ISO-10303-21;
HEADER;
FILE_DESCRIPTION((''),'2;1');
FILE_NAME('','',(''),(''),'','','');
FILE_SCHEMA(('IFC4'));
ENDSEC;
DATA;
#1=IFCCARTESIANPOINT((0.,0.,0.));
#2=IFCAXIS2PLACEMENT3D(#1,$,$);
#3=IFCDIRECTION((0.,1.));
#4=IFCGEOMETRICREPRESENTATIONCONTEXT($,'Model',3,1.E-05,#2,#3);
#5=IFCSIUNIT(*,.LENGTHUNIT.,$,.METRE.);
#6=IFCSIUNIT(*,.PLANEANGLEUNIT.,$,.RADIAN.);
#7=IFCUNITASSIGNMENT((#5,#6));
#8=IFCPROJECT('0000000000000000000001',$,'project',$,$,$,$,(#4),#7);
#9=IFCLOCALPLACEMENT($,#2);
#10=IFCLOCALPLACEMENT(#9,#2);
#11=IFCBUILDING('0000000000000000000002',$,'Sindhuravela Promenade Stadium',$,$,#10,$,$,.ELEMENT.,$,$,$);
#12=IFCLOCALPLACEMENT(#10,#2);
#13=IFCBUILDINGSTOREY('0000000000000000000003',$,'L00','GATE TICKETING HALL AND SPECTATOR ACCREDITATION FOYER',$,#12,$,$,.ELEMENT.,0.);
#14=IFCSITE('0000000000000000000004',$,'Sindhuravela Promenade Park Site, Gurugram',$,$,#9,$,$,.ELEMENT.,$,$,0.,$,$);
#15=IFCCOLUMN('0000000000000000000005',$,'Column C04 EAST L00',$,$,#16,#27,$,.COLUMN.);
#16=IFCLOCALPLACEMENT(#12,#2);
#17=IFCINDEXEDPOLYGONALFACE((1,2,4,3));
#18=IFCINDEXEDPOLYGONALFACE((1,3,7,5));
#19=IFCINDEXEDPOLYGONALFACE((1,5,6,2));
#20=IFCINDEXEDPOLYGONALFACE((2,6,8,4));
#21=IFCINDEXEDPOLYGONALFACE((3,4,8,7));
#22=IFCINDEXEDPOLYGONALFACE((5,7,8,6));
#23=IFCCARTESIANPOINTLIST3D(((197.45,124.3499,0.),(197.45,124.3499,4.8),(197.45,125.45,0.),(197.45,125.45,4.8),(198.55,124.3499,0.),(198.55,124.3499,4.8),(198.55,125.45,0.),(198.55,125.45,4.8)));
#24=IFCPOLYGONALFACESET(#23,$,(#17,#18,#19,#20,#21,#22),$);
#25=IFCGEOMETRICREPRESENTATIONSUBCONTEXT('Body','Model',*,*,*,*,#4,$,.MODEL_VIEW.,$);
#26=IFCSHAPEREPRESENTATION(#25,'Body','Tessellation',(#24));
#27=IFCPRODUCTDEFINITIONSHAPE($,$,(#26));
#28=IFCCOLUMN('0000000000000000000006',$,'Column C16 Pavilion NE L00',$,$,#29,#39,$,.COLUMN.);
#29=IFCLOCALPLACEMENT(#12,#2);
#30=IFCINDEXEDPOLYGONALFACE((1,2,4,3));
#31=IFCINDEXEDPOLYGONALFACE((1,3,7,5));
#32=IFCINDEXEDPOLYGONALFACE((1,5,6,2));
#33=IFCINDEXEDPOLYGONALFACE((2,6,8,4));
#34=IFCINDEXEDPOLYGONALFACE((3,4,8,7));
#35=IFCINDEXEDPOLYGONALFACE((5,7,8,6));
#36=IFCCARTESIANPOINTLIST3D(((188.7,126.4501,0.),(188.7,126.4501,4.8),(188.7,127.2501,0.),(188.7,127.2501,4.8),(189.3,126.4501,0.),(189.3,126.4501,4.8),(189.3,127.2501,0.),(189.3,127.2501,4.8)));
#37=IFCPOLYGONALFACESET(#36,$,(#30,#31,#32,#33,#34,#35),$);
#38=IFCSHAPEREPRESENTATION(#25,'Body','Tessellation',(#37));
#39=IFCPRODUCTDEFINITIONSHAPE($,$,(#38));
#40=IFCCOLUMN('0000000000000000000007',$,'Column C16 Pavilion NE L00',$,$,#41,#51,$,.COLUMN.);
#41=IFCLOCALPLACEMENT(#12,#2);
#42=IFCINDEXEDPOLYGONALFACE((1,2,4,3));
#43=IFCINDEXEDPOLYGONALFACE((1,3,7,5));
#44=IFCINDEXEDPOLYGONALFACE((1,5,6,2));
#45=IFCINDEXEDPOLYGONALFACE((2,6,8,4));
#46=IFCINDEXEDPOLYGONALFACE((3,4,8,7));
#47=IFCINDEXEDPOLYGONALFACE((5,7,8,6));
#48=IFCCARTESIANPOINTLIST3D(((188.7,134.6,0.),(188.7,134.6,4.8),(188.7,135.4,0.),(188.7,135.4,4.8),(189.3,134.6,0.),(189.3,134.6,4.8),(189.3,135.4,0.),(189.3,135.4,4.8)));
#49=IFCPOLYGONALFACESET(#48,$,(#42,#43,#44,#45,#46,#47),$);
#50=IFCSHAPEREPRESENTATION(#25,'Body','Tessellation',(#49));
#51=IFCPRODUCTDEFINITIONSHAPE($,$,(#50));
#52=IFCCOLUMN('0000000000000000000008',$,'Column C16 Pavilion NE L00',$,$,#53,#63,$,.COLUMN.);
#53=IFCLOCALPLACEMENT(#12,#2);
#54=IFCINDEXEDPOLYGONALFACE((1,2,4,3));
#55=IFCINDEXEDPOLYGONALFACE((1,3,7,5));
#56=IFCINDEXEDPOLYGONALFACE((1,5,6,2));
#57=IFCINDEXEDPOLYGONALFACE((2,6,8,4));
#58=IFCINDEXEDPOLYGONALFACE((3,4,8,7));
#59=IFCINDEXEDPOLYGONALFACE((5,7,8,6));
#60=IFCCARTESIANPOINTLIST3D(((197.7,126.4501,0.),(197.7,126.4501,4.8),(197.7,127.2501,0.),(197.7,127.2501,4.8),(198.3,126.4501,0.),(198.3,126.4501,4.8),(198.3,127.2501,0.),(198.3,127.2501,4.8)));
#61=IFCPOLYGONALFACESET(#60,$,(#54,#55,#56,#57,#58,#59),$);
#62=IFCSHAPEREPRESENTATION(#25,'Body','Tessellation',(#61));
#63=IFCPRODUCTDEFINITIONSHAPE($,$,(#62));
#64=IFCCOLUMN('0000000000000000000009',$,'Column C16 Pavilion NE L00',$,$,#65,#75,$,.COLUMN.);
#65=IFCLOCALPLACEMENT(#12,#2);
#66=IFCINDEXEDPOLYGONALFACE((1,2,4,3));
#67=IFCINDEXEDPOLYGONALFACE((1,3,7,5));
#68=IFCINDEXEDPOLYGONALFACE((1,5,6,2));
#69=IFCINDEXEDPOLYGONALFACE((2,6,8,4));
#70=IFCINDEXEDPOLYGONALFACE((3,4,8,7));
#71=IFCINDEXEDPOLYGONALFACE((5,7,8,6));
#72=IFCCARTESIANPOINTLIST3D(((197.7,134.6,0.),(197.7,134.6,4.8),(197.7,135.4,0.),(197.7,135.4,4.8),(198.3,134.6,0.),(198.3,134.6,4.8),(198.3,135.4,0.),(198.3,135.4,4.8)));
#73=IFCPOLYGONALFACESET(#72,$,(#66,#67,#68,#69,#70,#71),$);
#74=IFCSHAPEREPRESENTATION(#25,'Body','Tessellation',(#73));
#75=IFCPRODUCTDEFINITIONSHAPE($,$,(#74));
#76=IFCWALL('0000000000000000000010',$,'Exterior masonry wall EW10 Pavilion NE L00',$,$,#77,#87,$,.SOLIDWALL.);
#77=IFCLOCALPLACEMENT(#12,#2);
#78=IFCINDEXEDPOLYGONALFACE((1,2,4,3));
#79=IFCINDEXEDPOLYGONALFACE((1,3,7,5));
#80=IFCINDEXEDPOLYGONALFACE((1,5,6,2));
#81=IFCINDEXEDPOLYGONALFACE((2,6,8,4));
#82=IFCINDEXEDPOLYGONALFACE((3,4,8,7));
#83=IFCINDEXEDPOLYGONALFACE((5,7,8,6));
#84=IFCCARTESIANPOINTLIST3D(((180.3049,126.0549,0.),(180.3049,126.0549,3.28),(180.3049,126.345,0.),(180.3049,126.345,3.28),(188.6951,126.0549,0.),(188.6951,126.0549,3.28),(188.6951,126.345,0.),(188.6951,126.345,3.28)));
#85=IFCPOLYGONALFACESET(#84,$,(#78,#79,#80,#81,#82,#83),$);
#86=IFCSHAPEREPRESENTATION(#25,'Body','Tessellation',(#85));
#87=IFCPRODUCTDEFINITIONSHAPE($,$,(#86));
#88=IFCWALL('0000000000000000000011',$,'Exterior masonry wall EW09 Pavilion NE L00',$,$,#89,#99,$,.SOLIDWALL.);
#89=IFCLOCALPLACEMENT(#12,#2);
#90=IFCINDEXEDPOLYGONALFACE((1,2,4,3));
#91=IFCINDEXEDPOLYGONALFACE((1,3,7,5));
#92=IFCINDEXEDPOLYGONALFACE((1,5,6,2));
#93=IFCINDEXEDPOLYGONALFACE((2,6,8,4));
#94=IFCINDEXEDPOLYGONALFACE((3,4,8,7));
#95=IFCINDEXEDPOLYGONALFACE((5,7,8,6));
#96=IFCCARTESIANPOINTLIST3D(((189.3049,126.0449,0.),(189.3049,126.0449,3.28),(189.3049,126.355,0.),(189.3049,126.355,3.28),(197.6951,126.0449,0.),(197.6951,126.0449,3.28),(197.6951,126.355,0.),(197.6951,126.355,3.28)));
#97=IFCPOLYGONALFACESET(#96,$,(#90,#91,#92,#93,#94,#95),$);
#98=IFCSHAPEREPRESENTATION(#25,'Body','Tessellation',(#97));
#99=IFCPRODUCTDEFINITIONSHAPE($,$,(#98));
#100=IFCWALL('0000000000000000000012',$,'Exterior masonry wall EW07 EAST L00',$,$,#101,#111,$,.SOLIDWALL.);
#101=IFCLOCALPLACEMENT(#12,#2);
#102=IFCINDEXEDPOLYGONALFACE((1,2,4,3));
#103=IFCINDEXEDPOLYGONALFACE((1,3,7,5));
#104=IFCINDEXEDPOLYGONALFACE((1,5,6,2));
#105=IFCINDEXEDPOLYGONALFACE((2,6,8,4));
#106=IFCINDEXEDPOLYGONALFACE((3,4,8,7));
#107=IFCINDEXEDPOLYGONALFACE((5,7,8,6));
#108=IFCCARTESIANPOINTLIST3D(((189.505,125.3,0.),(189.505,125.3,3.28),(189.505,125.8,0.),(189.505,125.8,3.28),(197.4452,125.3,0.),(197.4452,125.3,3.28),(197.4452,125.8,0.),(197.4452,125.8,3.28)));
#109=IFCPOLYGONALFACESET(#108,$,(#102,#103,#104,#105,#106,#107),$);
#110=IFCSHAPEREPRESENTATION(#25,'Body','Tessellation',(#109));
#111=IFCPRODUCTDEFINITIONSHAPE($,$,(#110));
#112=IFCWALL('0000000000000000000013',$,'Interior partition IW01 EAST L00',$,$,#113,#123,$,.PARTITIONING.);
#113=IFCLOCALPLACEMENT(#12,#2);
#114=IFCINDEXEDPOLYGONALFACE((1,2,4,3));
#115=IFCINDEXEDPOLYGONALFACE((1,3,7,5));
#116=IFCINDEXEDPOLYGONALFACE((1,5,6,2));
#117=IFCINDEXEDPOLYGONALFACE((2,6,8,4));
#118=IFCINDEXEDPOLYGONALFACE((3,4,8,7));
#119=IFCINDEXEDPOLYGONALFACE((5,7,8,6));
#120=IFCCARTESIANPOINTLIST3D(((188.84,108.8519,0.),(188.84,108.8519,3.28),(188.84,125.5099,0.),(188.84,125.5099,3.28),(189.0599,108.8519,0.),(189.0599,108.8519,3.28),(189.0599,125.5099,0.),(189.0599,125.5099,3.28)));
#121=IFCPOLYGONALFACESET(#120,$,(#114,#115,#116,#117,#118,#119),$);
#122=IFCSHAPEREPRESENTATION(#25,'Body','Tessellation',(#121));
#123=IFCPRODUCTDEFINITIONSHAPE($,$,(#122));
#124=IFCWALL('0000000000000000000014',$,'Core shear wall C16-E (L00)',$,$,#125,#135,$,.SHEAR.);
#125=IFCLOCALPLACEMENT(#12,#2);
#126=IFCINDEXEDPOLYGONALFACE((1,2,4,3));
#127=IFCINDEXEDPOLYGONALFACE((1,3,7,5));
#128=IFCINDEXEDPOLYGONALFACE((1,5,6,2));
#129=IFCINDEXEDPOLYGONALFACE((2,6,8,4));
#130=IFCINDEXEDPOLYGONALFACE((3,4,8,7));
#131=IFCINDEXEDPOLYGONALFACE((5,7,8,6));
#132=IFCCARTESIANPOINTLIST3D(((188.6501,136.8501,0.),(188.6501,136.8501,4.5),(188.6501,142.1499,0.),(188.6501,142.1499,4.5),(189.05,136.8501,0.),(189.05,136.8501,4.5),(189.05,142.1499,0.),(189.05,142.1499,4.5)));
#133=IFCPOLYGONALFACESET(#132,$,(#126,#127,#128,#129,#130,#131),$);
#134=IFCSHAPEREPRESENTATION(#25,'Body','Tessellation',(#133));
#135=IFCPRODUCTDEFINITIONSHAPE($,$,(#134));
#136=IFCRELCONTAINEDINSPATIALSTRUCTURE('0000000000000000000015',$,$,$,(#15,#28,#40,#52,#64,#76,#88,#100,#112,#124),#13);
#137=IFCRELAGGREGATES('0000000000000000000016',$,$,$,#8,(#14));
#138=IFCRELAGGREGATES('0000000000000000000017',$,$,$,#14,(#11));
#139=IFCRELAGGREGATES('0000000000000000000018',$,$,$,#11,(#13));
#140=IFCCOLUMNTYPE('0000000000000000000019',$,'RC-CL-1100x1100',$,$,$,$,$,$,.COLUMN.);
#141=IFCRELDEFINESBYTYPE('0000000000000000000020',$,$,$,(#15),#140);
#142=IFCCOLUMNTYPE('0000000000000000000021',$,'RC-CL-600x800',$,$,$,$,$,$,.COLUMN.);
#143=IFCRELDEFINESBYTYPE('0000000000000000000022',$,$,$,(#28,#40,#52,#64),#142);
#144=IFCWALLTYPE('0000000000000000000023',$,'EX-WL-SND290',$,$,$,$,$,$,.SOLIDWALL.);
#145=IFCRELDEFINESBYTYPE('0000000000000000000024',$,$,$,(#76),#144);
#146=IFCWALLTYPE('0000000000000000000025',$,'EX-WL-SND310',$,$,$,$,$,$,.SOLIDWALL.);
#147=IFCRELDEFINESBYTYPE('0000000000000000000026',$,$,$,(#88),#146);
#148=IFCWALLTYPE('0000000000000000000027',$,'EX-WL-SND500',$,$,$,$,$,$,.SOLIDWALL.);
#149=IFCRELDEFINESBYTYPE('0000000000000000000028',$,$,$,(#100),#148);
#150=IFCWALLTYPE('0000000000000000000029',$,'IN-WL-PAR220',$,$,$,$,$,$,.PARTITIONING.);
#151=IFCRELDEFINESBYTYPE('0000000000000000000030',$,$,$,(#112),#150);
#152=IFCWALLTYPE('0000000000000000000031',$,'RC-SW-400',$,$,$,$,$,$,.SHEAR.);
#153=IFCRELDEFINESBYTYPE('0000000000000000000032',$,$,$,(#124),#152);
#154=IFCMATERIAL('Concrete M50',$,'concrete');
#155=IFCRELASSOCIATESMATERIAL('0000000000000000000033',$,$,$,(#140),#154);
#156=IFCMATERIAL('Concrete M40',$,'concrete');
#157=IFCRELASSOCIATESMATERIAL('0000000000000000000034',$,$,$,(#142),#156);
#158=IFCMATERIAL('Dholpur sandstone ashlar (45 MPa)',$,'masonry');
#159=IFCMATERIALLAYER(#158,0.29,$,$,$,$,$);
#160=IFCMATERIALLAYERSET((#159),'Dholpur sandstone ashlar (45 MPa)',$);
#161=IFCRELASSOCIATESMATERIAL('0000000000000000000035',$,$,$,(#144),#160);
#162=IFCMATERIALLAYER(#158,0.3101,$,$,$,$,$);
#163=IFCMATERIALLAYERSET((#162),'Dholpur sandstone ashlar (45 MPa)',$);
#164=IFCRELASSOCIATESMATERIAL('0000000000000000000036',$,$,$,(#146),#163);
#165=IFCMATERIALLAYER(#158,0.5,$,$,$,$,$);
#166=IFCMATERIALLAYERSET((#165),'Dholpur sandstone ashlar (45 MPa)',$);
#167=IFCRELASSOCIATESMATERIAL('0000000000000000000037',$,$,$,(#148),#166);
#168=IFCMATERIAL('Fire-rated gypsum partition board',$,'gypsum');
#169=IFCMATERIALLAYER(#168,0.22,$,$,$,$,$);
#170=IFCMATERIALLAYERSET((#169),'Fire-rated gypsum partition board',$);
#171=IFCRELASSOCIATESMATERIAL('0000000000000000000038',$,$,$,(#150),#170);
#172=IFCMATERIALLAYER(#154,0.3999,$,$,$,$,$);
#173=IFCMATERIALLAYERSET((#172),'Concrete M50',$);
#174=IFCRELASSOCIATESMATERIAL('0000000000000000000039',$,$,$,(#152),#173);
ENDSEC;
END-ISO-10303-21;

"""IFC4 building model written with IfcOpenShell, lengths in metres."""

from ifc_helpers import new_model, si_unit, direction, frame, frame_2d, origin, origin_2d, place, context, subcontext, project, spatial, rectangle, extrude, material, layer, layer_set, material_profile, profile_set, type_object, element, save


model = new_model("IFC4")

# Units and contexts
model_context = context("Model", 3, precision=1e-05, world=origin(), true_north=direction((0.0, 1.0)))
body_context = subcontext(model_context, "Body", "Model", "MODEL_VIEW")
ifc_project = project(units=[si_unit("LENGTHUNIT", "METRE"), si_unit("PLANEANGLEUNIT", "RADIAN")], contexts=[model_context])

# Site, building, storey
site_placement = place(None, origin())
site = spatial("IfcSite", under=ifc_project, at=site_placement, Name="Sindhuravela Promenade Park Site, Gurugram", CompositionType="ELEMENT", RefElevation=0.0)
building_placement = place(site_placement, origin())
building = spatial("IfcBuilding", under=site, at=building_placement, Name="Sindhuravela Promenade Stadium", CompositionType="ELEMENT")
storey_placement = place(building_placement, origin())
storey = spatial("IfcBuildingStorey", under=building, at=storey_placement, Name="L00", Description="GATE TICKETING HALL AND SPECTATOR ACCREDITATION FOYER", CompositionType="ELEMENT", Elevation=0.0)

# Shared definitions
ifc_material_1 = material(Name="Concrete M50", Category="concrete")

# Shared definitions
ifc_material_2 = material(Name="Concrete M40", Category="concrete")

# Columns
ifc_material_profile_1 = material_profile(ifc_material_1, rectangle(XDim=1.1001, YDim=1.1001, at=origin_2d()), Name="RC 1100x1100")
ifc_profile_set_1 = profile_set([ifc_material_profile_1], Name="Concrete M50")
column_type_1 = type_object("IfcColumnType", Name="RC-CL-1100x1100", PredefinedType="COLUMN", material=ifc_profile_set_1)
column_1_placement = place(storey_placement, frame((198.0, 124.8999, 0.0), z_axis=(0.0, 0.0, 1.0), x_axis=(1.0, 0.0, 0.0)))
element("IfcColumn", 1, at=column_1_placement, inside=storey, type_object=column_type_1, Name="Column C04 EAST L00", PredefinedType="COLUMN", context=body_context, shape_type="SweptSolid", body=[
    extrude(rectangle(XDim=1.1001, YDim=1.1001, at=origin_2d()), origin(), (0.0, 0.0, 1.0), 4.8),
])
ifc_material_profile_2 = material_profile(ifc_material_2, rectangle(XDim=0.6001, YDim=0.8, at=origin_2d()), Name="RC 600x800")
ifc_profile_set_2 = profile_set([ifc_material_profile_2], Name="Concrete M40")
column_type_2 = type_object("IfcColumnType", Name="RC-CL-600x800", PredefinedType="COLUMN", material=ifc_profile_set_2)
for number, where, z_axis, x_axis, name in (
    (2, (189.0, 126.8501, 0.0), (0.0, 0.0, 1.0), (1.0, 0.0, 0.0), "Column C16 Pavilion NE L00"),
    (3, (189.0, 135.0, 0.0), (0.0, 0.0, 1.0), (1.0, 0.0, 0.0), "Column C16 Pavilion NE L00"),
    (4, (198.0, 126.8501, 0.0), (0.0, 0.0, 1.0), (1.0, 0.0, 0.0), "Column C16 Pavilion NE L00"),
    (5, (198.0, 135.0, 0.0), (0.0, 0.0, 1.0), (1.0, 0.0, 0.0), "Column C16 Pavilion NE L00"),
):
    element("IfcColumn", number, at=place(storey_placement, frame(where, z_axis=z_axis, x_axis=x_axis)), inside=storey, type_object=column_type_2, Name=name, PredefinedType="COLUMN", context=body_context, shape_type="SweptSolid", body=[
        extrude(rectangle(XDim=0.6001, YDim=0.8, at=origin_2d()), origin(), (0.0, 0.0, 1.0), 4.8),
    ])

# Walls
ifc_material_3 = material(Name="Dholpur sandstone ashlar (45 MPa)", Category="masonry")
ifc_layer_1 = layer(ifc_material_3, 0.29)
ifc_layer_set_1 = layer_set([ifc_layer_1], Name="Dholpur sandstone ashlar (45 MPa)")
wall_type_1 = type_object("IfcWallType", Name="EX-WL-SND290", PredefinedType="SOLIDWALL", material=ifc_layer_set_1)
wall_1_placement = place(storey_placement, frame((188.6951, 126.2, 0.0), z_axis=(0.0, 0.0, 1.0), x_axis=(-1.0, 0.0, 0.0)))
element("IfcWall", 6, at=wall_1_placement, inside=storey, type_object=wall_type_1, Name="Exterior masonry wall EW10 Pavilion NE L00", PredefinedType="SOLIDWALL", context=body_context, shape_type="SweptSolid", body=[
    extrude(rectangle(XDim=8.3901, YDim=0.29, at=frame_2d((4.1951, 0.0))), origin(), (0.0, 0.0, 1.0), 3.28),
])
ifc_layer_2 = layer(ifc_material_3, 0.3101)
ifc_layer_set_2 = layer_set([ifc_layer_2], Name="Dholpur sandstone ashlar (45 MPa)")
wall_type_2 = type_object("IfcWallType", Name="EX-WL-SND310", PredefinedType="SOLIDWALL", material=ifc_layer_set_2)
wall_2_placement = place(storey_placement, frame((197.6951, 126.2, 0.0), z_axis=(0.0, 0.0, 1.0), x_axis=(-1.0, 0.0, 0.0)))
element("IfcWall", 7, at=wall_2_placement, inside=storey, type_object=wall_type_2, Name="Exterior masonry wall EW09 Pavilion NE L00", PredefinedType="SOLIDWALL", context=body_context, shape_type="SweptSolid", body=[
    extrude(rectangle(XDim=8.3901, YDim=0.3101, at=frame_2d((4.1951, 0.0))), origin(), (0.0, 0.0, 1.0), 3.28),
])
ifc_layer_3 = layer(ifc_material_3, 0.5)
ifc_layer_set_3 = layer_set([ifc_layer_3], Name="Dholpur sandstone ashlar (45 MPa)")
wall_type_3 = type_object("IfcWallType", Name="EX-WL-SND500", PredefinedType="SOLIDWALL", material=ifc_layer_set_3)
wall_3_placement = place(storey_placement, frame((189.5049, 125.55, 0.0), z_axis=(0.0, 0.0, 1.0), x_axis=(1.0, 0.0, 0.0)))
element("IfcWall", 8, at=wall_3_placement, inside=storey, type_object=wall_type_3, Name="Exterior masonry wall EW07 EAST L00", PredefinedType="SOLIDWALL", context=body_context, shape_type="SweptSolid", body=[
    extrude(rectangle(XDim=7.9402, YDim=0.5, at=frame_2d((3.9702, 0.0))), origin(), (0.0, 0.0, 1.0), 3.28),
])
ifc_material_4 = material(Name="Fire-rated gypsum partition board", Category="gypsum")
ifc_layer_4 = layer(ifc_material_4, 0.22)
ifc_layer_set_4 = layer_set([ifc_layer_4], Name="Fire-rated gypsum partition board")
wall_type_4 = type_object("IfcWallType", Name="IN-WL-PAR220", PredefinedType="PARTITIONING", material=ifc_layer_set_4)
wall_4_placement = place(storey_placement, frame((188.95, 125.51, 0.0), z_axis=(0.0, 0.0, 1.0), x_axis=(0.0, -1.0, 0.0)))
element("IfcWall", 9, at=wall_4_placement, inside=storey, type_object=wall_type_4, Name="Interior partition IW01 EAST L00", PredefinedType="PARTITIONING", context=body_context, shape_type="SweptSolid", body=[
    extrude(rectangle(XDim=16.658, YDim=0.22, at=frame_2d((8.3291, 0.0))), origin(), (0.0, 0.0, 1.0), 3.28),
])
ifc_layer_5 = layer(ifc_material_1, 0.3999)
ifc_layer_set_5 = layer_set([ifc_layer_5], Name="Concrete M50")
wall_type_5 = type_object("IfcWallType", Name="RC-SW-400", PredefinedType="SHEAR", material=ifc_layer_set_5)
wall_5_placement = place(storey_placement, frame((188.8501, 136.8501, 0.0), z_axis=(0.0, 0.0, 1.0), x_axis=(0.0, 1.0, 0.0)))
element("IfcWall", 10, at=wall_5_placement, inside=storey, type_object=wall_type_5, Name="Core shear wall C16-E (L00)", PredefinedType="SHEAR", context=body_context, shape_type="SweptSolid", body=[
    extrude(rectangle(XDim=5.2998, YDim=0.3999, at=frame_2d((2.6499, 0.0))), origin(), (0.0, 0.0, 1.0), 4.5),
])

save(model, "model.ifc")
